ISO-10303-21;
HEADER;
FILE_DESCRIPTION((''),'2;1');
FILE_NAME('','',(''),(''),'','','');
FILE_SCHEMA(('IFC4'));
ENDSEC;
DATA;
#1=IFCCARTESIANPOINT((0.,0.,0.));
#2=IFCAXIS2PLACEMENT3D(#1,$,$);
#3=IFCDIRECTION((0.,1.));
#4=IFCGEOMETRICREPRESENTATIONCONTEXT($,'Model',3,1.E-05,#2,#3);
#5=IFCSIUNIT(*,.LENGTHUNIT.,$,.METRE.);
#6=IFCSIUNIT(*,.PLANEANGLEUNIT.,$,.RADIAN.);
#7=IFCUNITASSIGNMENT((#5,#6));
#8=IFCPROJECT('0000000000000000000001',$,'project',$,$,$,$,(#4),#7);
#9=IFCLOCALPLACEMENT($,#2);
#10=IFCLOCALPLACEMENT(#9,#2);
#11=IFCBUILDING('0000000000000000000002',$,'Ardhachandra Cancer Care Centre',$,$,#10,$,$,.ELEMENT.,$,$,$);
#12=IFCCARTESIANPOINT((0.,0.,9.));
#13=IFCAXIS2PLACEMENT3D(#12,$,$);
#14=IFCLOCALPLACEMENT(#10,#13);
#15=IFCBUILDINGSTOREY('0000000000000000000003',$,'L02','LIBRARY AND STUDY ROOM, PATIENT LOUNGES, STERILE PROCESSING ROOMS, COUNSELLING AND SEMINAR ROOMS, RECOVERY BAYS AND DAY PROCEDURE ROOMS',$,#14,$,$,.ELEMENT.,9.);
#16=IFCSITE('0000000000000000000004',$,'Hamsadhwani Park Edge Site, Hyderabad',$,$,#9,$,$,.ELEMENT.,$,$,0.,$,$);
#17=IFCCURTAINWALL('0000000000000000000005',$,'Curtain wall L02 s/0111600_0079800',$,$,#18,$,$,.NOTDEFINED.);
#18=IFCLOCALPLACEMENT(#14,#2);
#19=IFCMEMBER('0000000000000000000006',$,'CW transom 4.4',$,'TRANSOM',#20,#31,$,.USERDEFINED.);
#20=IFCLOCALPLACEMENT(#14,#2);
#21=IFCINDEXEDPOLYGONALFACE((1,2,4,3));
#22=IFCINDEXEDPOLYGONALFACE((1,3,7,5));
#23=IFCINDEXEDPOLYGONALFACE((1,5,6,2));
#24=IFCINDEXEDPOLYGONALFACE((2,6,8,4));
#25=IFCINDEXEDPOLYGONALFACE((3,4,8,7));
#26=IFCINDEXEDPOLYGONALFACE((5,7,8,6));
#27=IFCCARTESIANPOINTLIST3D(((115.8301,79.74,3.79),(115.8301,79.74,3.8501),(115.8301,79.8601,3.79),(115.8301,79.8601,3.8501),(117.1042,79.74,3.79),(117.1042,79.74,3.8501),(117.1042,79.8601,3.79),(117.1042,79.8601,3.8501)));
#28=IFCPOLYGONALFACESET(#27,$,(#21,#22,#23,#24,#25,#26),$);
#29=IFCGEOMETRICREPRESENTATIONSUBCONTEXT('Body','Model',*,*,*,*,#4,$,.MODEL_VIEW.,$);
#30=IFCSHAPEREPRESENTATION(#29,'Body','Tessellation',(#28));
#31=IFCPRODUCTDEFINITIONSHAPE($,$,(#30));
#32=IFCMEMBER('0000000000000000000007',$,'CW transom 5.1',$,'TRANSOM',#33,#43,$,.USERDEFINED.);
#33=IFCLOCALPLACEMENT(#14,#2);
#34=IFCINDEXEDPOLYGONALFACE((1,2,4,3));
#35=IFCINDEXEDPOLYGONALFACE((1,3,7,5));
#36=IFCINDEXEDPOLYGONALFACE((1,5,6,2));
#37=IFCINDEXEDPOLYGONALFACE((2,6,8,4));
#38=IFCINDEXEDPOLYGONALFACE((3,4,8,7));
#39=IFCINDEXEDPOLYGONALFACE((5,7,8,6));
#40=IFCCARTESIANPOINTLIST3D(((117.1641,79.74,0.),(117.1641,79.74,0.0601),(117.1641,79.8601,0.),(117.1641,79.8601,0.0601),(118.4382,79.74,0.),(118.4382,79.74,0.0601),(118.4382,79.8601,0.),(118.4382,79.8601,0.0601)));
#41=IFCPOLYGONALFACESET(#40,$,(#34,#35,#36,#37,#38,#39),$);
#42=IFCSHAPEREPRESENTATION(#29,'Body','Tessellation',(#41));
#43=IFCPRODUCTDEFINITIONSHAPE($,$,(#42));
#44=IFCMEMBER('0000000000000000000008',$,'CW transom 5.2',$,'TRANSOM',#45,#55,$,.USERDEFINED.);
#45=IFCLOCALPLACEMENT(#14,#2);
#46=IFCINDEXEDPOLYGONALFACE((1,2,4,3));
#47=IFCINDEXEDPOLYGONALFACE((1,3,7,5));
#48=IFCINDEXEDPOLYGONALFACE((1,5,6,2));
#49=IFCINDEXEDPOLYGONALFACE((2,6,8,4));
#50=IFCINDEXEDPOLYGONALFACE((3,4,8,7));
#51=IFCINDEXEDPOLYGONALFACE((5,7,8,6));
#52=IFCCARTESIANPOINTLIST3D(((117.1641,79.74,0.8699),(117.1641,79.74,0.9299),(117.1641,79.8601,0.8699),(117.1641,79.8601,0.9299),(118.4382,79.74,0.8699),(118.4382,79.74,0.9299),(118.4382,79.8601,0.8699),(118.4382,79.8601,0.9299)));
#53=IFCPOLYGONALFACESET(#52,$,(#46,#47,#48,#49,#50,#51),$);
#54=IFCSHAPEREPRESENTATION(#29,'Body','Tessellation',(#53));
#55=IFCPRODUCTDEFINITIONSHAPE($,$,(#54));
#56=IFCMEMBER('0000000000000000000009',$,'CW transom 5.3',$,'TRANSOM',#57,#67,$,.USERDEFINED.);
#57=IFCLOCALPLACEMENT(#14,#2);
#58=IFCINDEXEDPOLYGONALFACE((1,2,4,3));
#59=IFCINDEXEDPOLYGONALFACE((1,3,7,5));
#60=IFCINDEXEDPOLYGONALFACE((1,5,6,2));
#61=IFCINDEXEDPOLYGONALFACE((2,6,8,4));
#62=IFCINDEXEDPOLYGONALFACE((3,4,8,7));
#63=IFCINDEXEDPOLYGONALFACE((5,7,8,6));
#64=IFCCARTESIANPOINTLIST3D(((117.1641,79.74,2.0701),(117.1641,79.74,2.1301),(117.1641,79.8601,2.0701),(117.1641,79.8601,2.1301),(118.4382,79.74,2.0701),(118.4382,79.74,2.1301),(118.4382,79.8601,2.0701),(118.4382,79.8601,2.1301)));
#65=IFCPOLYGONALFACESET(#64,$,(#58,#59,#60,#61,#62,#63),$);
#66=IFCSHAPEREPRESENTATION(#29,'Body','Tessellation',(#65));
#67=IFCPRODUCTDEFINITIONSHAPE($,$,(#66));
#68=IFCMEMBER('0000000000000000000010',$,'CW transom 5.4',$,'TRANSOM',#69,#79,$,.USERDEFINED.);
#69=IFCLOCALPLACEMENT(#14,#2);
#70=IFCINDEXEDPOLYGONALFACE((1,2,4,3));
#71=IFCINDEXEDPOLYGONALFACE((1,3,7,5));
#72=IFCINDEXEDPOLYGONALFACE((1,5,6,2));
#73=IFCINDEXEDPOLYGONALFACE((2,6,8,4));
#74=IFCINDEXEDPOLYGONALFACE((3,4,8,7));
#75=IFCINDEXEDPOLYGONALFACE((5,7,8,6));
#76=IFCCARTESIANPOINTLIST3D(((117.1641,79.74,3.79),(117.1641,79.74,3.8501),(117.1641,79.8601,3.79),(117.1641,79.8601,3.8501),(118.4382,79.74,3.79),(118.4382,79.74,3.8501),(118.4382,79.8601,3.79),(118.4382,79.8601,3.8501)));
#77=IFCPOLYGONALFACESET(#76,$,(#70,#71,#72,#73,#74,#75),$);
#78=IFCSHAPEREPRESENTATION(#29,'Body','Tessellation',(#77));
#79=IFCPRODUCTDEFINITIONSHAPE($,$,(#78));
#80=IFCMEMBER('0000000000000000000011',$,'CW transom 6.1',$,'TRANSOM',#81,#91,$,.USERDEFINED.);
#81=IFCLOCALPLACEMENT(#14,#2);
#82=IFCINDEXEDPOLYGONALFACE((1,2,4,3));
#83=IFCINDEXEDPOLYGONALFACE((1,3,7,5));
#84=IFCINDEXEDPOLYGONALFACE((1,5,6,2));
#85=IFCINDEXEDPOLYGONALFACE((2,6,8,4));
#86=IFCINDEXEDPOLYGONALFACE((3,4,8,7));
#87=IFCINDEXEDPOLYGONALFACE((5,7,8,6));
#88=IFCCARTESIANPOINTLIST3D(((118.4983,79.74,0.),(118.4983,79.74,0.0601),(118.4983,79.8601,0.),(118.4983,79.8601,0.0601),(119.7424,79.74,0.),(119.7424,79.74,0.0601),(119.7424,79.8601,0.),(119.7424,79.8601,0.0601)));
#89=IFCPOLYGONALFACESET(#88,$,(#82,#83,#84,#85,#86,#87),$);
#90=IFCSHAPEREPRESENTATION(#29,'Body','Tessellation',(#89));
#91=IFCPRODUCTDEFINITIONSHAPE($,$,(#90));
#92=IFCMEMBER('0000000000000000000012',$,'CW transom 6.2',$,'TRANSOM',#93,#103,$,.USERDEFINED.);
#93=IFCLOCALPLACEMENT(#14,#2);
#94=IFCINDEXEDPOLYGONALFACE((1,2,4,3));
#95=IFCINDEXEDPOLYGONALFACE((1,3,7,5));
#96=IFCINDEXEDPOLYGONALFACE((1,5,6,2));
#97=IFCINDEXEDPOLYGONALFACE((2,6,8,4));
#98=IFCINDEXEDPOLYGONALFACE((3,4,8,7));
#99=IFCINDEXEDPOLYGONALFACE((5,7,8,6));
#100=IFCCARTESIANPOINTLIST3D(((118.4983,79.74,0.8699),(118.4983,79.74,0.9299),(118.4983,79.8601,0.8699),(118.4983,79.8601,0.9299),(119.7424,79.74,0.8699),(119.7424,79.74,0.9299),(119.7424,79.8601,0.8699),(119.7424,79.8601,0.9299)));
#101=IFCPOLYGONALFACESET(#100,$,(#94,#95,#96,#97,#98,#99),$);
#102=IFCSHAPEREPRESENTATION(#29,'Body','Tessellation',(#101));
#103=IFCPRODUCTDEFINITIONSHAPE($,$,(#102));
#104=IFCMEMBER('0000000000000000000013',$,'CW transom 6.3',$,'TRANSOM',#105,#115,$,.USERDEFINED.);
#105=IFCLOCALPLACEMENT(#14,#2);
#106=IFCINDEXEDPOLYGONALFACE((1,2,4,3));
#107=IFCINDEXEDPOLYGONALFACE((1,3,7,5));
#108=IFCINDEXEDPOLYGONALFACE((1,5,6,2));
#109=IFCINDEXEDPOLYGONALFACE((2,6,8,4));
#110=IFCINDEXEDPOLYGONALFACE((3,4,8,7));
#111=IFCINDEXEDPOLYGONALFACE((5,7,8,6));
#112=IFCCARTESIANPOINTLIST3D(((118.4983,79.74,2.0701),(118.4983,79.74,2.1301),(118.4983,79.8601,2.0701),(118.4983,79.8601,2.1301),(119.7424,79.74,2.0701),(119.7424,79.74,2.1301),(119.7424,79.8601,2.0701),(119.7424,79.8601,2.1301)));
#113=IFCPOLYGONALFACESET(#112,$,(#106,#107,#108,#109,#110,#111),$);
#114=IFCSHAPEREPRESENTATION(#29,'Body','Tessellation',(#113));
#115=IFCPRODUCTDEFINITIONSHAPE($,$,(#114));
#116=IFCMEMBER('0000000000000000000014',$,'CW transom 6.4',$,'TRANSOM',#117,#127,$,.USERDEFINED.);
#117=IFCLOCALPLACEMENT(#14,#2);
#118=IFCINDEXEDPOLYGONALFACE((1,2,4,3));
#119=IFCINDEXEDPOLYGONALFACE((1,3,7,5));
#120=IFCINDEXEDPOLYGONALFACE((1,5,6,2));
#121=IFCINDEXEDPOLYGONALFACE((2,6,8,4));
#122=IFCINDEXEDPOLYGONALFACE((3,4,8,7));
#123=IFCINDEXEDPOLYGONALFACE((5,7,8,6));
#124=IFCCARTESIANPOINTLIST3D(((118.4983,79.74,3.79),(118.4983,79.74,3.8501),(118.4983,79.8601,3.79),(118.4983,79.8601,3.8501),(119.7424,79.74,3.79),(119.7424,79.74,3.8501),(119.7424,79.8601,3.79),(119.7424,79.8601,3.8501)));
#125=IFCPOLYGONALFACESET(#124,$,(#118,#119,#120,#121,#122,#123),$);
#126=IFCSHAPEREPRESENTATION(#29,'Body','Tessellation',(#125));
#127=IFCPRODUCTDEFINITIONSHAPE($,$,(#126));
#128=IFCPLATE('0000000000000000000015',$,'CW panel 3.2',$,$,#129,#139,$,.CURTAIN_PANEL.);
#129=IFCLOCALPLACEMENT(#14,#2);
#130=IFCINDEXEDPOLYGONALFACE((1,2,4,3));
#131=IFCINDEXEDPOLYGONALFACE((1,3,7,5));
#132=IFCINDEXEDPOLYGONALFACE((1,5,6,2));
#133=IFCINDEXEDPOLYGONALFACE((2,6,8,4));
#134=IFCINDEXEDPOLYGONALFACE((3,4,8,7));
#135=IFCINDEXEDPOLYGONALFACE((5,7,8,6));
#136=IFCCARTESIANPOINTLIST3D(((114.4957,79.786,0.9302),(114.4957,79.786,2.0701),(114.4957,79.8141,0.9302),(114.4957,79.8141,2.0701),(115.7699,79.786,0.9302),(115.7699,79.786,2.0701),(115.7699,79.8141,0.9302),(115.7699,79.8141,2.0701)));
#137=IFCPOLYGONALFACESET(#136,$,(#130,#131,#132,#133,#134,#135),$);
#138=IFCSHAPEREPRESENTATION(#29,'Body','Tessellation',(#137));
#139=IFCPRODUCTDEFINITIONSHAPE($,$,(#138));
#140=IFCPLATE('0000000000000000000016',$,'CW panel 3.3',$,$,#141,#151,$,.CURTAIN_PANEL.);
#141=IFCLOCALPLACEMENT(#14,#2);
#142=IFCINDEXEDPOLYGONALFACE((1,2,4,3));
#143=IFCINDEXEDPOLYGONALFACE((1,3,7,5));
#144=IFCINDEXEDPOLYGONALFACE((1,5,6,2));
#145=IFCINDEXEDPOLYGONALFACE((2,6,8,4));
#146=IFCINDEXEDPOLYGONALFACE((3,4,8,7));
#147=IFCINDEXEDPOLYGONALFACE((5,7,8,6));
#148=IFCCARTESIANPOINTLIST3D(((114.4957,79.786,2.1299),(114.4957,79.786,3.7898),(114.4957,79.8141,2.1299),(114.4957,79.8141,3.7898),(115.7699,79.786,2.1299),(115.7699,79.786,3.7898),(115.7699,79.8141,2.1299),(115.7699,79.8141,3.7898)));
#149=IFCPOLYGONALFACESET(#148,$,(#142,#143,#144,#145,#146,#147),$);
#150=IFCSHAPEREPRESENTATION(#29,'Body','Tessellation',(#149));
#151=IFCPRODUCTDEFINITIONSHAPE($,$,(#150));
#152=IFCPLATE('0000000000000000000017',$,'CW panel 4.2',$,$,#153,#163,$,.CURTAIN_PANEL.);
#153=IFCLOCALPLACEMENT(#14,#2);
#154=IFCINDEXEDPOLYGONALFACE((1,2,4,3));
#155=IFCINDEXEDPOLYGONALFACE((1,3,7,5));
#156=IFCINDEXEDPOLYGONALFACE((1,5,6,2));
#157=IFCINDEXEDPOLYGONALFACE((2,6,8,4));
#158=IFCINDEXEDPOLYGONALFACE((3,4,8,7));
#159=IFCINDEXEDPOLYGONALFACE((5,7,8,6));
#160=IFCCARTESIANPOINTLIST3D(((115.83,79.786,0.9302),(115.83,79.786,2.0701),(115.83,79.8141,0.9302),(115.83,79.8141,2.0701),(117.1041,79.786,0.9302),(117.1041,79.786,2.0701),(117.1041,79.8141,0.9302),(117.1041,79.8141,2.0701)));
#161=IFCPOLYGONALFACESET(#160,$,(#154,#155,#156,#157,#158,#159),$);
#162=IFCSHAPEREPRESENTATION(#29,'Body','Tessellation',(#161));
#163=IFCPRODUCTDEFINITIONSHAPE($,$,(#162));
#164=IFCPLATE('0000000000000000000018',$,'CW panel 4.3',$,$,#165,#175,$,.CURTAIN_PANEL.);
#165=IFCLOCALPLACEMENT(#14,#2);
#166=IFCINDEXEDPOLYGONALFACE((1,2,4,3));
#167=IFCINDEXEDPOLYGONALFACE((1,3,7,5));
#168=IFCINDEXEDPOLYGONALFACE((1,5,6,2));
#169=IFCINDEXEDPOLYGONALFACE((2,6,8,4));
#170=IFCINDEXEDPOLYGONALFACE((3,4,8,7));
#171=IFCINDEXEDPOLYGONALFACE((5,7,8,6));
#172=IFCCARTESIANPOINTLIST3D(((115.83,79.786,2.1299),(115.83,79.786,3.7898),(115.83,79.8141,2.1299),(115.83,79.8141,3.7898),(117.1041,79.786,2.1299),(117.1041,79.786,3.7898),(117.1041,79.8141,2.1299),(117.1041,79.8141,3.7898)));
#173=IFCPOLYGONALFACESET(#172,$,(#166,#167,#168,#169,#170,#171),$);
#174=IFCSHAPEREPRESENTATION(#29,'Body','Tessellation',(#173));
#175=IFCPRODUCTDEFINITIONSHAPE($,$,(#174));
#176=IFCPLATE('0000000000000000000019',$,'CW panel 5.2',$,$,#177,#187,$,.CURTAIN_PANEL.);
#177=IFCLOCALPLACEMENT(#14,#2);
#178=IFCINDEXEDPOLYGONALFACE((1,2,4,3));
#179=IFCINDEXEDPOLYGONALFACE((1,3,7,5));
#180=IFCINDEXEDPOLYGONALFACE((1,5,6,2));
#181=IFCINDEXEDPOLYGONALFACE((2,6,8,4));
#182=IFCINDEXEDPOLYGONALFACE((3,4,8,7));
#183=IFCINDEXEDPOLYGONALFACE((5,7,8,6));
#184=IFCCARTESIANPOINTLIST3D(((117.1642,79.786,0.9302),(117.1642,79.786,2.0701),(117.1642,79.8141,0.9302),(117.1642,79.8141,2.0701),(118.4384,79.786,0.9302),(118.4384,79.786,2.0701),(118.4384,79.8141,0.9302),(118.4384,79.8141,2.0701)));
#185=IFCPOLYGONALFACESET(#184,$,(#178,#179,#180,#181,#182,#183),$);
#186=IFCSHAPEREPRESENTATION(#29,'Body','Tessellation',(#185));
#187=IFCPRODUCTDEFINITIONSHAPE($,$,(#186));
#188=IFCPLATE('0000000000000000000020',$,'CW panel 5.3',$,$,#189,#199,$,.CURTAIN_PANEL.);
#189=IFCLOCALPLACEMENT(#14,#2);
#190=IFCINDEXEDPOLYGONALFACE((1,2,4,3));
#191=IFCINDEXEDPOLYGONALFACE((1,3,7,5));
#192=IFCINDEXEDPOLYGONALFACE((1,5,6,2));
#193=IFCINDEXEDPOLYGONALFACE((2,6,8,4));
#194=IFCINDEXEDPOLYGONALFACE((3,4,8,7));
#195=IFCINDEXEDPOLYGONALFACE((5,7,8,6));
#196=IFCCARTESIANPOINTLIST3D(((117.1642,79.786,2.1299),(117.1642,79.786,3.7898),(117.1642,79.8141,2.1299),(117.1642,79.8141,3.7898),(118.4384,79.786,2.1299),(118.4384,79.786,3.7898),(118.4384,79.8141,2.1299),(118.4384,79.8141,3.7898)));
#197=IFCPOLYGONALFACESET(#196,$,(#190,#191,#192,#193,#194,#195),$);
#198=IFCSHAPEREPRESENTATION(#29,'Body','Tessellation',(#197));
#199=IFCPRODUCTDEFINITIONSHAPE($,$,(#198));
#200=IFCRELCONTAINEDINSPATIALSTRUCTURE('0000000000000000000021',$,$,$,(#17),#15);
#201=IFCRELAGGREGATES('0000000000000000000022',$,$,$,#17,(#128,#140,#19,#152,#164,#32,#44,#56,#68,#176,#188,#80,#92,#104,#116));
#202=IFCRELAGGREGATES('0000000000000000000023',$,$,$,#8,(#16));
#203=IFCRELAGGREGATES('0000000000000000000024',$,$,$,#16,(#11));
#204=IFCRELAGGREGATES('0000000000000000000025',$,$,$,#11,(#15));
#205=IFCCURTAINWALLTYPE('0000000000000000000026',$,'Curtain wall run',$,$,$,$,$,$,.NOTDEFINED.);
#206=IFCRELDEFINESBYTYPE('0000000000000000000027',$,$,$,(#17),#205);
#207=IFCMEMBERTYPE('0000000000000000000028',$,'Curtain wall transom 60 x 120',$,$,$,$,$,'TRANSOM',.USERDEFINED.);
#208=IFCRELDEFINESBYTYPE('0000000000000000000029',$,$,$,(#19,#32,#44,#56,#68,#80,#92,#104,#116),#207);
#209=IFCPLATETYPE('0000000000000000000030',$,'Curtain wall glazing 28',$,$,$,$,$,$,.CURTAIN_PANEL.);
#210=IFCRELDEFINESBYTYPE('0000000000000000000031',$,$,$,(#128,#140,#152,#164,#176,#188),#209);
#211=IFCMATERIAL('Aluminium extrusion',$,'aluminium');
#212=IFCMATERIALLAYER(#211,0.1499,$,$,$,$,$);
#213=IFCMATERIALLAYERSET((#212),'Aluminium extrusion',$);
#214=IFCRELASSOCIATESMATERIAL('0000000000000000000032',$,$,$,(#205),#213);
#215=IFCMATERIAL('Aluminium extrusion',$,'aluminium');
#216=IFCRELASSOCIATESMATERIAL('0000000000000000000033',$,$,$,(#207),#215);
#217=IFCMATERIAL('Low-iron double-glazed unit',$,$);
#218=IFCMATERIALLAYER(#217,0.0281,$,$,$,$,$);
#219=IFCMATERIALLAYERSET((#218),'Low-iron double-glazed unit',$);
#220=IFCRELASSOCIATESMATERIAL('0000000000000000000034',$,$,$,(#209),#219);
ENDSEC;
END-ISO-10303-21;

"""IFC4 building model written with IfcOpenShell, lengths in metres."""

from ifc_helpers import new_model, si_unit, direction, frame, origin, origin_2d, place, context, subcontext, project, spatial, rectangle, extrude, material, layer, layer_set, material_profile, profile_set, type_object, element, aggregate, save


model = new_model("IFC4")

# Units and contexts
model_context = context("Model", 3, precision=1e-05, world=origin(), true_north=direction((0.0, 1.0)))
body_context = subcontext(model_context, "Body", "Model", "MODEL_VIEW")
ifc_project = project(units=[si_unit("LENGTHUNIT", "METRE"), si_unit("PLANEANGLEUNIT", "RADIAN")], contexts=[model_context])

# Site, building, storey
site_placement = place(None, origin())
site = spatial("IfcSite", under=ifc_project, at=site_placement, Name="Hamsadhwani Park Edge Site, Hyderabad", CompositionType="ELEMENT", RefElevation=0.0)
building_placement = place(site_placement, origin())
building = spatial("IfcBuilding", under=site, at=building_placement, Name="Ardhachandra Cancer Care Centre", CompositionType="ELEMENT")
storey_placement = place(building_placement, frame((0.0, 0.0, 9.0)))
storey = spatial("IfcBuildingStorey", under=building, at=storey_placement, Name="L02", Description="LIBRARY AND STUDY ROOM, PATIENT LOUNGES, STERILE PROCESSING ROOMS, COUNSELLING AND SEMINAR ROOMS, RECOVERY BAYS AND DAY PROCEDURE ROOMS", CompositionType="ELEMENT", Elevation=9.0)

# Curtain wall, members, plates
ifc_material_1 = material(Name="Aluminium extrusion", Category="aluminium")
ifc_layer_1 = layer(ifc_material_1, 0.1499)
ifc_layer_set_1 = layer_set([ifc_layer_1], Name="Aluminium extrusion")
curtain_wall_type = type_object("IfcCurtainWallType", Name="Curtain wall run", PredefinedType="NOTDEFINED", material=ifc_layer_set_1)
curtain_wall_placement = place(storey_placement, origin())
curtain_wall = element("IfcCurtainWall", 1, at=curtain_wall_placement, inside=storey, type_object=curtain_wall_type, Name="Curtain wall L02 s/0111600_0079800", PredefinedType="NOTDEFINED")
ifc_material_2 = material(Name="Aluminium extrusion", Category="aluminium")
ifc_material_profile_1 = material_profile(ifc_material_2, rectangle(XDim=0.1201, YDim=0.0601, at=origin_2d()), Name="Curtain wall transom 60 x 120")
ifc_profile_set_1 = profile_set([ifc_material_profile_1], Name="Aluminium extrusion")
member_type_1 = type_object("IfcMemberType", Name="Curtain wall transom 60 x 120", ElementType="TRANSOM", PredefinedType="USERDEFINED", material=ifc_profile_set_1)
member_1_placement = place(storey_placement, frame((115.8301, 79.8, 3.8201), z_axis=(1.0, 0.0, 0.0), x_axis=(0.0, 1.0, 0.0)))
member_1 = element("IfcMember", 2, at=member_1_placement, type_object=member_type_1, Name="CW transom 4.4", ObjectType="TRANSOM", PredefinedType="USERDEFINED", context=body_context, shape_type="SweptSolid", body=[
    extrude(rectangle(XDim=0.1201, YDim=0.0601, at=origin_2d()), origin(), (0.0, 0.0, 1.0), 1.2742),
])
member_2_placement = place(storey_placement, frame((117.1641, 79.8, 0.03), z_axis=(1.0, 0.0, 0.0), x_axis=(0.0, 1.0, 0.0)))
member_2 = element("IfcMember", 3, at=member_2_placement, type_object=member_type_1, Name="CW transom 5.1", ObjectType="TRANSOM", PredefinedType="USERDEFINED", context=body_context, shape_type="SweptSolid", body=[
    extrude(rectangle(XDim=0.1201, YDim=0.0601, at=origin_2d()), origin(), (0.0, 0.0, 1.0), 1.2742),
])
member_3_placement = place(storey_placement, frame((117.1641, 79.8, 0.8999), z_axis=(1.0, 0.0, 0.0), x_axis=(0.0, 1.0, 0.0)))
member_3 = element("IfcMember", 4, at=member_3_placement, type_object=member_type_1, Name="CW transom 5.2", ObjectType="TRANSOM", PredefinedType="USERDEFINED", context=body_context, shape_type="SweptSolid", body=[
    extrude(rectangle(XDim=0.1201, YDim=0.0601, at=origin_2d()), origin(), (0.0, 0.0, 1.0), 1.2742),
])
member_4_placement = place(storey_placement, frame((117.1641, 79.8, 2.1001), z_axis=(1.0, 0.0, 0.0), x_axis=(0.0, 1.0, 0.0)))
member_4 = element("IfcMember", 5, at=member_4_placement, type_object=member_type_1, Name="CW transom 5.3", ObjectType="TRANSOM", PredefinedType="USERDEFINED", context=body_context, shape_type="SweptSolid", body=[
    extrude(rectangle(XDim=0.1201, YDim=0.0601, at=origin_2d()), origin(), (0.0, 0.0, 1.0), 1.2742),
])
member_5_placement = place(storey_placement, frame((117.1641, 79.8, 3.8201), z_axis=(1.0, 0.0, 0.0), x_axis=(0.0, 1.0, 0.0)))
member_5 = element("IfcMember", 6, at=member_5_placement, type_object=member_type_1, Name="CW transom 5.4", ObjectType="TRANSOM", PredefinedType="USERDEFINED", context=body_context, shape_type="SweptSolid", body=[
    extrude(rectangle(XDim=0.1201, YDim=0.0601, at=origin_2d()), origin(), (0.0, 0.0, 1.0), 1.2742),
])
member_6_placement = place(storey_placement, frame((118.4983, 79.8, 0.03), z_axis=(1.0, 0.0, 0.0), x_axis=(0.0, 1.0, 0.0)))
member_6 = element("IfcMember", 7, at=member_6_placement, type_object=member_type_1, Name="CW transom 6.1", ObjectType="TRANSOM", PredefinedType="USERDEFINED", context=body_context, shape_type="SweptSolid", body=[
    extrude(rectangle(XDim=0.1201, YDim=0.0601, at=origin_2d()), origin(), (0.0, 0.0, 1.0), 1.2441),
])
member_7_placement = place(storey_placement, frame((118.4983, 79.8, 0.8999), z_axis=(1.0, 0.0, 0.0), x_axis=(0.0, 1.0, 0.0)))
member_7 = element("IfcMember", 8, at=member_7_placement, type_object=member_type_1, Name="CW transom 6.2", ObjectType="TRANSOM", PredefinedType="USERDEFINED", context=body_context, shape_type="SweptSolid", body=[
    extrude(rectangle(XDim=0.1201, YDim=0.0601, at=origin_2d()), origin(), (0.0, 0.0, 1.0), 1.2441),
])
member_8_placement = place(storey_placement, frame((118.4983, 79.8, 2.1001), z_axis=(1.0, 0.0, 0.0), x_axis=(0.0, 1.0, 0.0)))
member_8 = element("IfcMember", 9, at=member_8_placement, type_object=member_type_1, Name="CW transom 6.3", ObjectType="TRANSOM", PredefinedType="USERDEFINED", context=body_context, shape_type="SweptSolid", body=[
    extrude(rectangle(XDim=0.1201, YDim=0.0601, at=origin_2d()), origin(), (0.0, 0.0, 1.0), 1.2441),
])
member_9_placement = place(storey_placement, frame((118.4983, 79.8, 3.8201), z_axis=(1.0, 0.0, 0.0), x_axis=(0.0, 1.0, 0.0)))
member_9 = element("IfcMember", 10, at=member_9_placement, type_object=member_type_1, Name="CW transom 6.4", ObjectType="TRANSOM", PredefinedType="USERDEFINED", context=body_context, shape_type="SweptSolid", body=[
    extrude(rectangle(XDim=0.1201, YDim=0.0601, at=origin_2d()), origin(), (0.0, 0.0, 1.0), 1.2441),
])
ifc_material_3 = material(Name="Low-iron double-glazed unit")
ifc_layer_2 = layer(ifc_material_3, 0.0281)
ifc_layer_set_2 = layer_set([ifc_layer_2], Name="Low-iron double-glazed unit")
plate_type_1 = type_object("IfcPlateType", Name="Curtain wall glazing 28", PredefinedType="CURTAIN_PANEL", material=ifc_layer_set_2)
plate_1_placement = place(storey_placement, frame((115.1328, 79.8, 0.9302), z_axis=(0.0, 0.0, 1.0), x_axis=(1.0, 0.0, 0.0)))
plate_1 = element("IfcPlate", 11, at=plate_1_placement, type_object=plate_type_1, Name="CW panel 3.2", PredefinedType="CURTAIN_PANEL", context=body_context, shape_type="SweptSolid", body=[
    extrude(rectangle(XDim=1.2742, YDim=0.0281, at=origin_2d()), origin(), (0.0, 0.0, 1.0), 1.1399),
])
plate_2_placement = place(storey_placement, frame((115.1328, 79.8, 2.1299), z_axis=(0.0, 0.0, 1.0), x_axis=(1.0, 0.0, 0.0)))
plate_2 = element("IfcPlate", 12, at=plate_2_placement, type_object=plate_type_1, Name="CW panel 3.3", PredefinedType="CURTAIN_PANEL", context=body_context, shape_type="SweptSolid", body=[
    extrude(rectangle(XDim=1.2742, YDim=0.0281, at=origin_2d()), origin(), (0.0, 0.0, 1.0), 1.6599),
])
plate_3_placement = place(storey_placement, frame((116.467, 79.8, 0.9302), z_axis=(0.0, 0.0, 1.0), x_axis=(1.0, 0.0, 0.0)))
plate_3 = element("IfcPlate", 13, at=plate_3_placement, type_object=plate_type_1, Name="CW panel 4.2", PredefinedType="CURTAIN_PANEL", context=body_context, shape_type="SweptSolid", body=[
    extrude(rectangle(XDim=1.2742, YDim=0.0281, at=origin_2d()), origin(), (0.0, 0.0, 1.0), 1.1399),
])
plate_4_placement = place(storey_placement, frame((116.467, 79.8, 2.1299), z_axis=(0.0, 0.0, 1.0), x_axis=(1.0, 0.0, 0.0)))
plate_4 = element("IfcPlate", 14, at=plate_4_placement, type_object=plate_type_1, Name="CW panel 4.3", PredefinedType="CURTAIN_PANEL", context=body_context, shape_type="SweptSolid", body=[
    extrude(rectangle(XDim=1.2742, YDim=0.0281, at=origin_2d()), origin(), (0.0, 0.0, 1.0), 1.6599),
])
plate_5_placement = place(storey_placement, frame((117.8013, 79.8, 0.9302), z_axis=(0.0, 0.0, 1.0), x_axis=(1.0, 0.0, 0.0)))
plate_5 = element("IfcPlate", 15, at=plate_5_placement, type_object=plate_type_1, Name="CW panel 5.2", PredefinedType="CURTAIN_PANEL", context=body_context, shape_type="SweptSolid", body=[
    extrude(rectangle(XDim=1.2742, YDim=0.0281, at=origin_2d()), origin(), (0.0, 0.0, 1.0), 1.1399),
])
plate_6_placement = place(storey_placement, frame((117.8013, 79.8, 2.1299), z_axis=(0.0, 0.0, 1.0), x_axis=(1.0, 0.0, 0.0)))
plate_6 = element("IfcPlate", 16, at=plate_6_placement, type_object=plate_type_1, Name="CW panel 5.3", PredefinedType="CURTAIN_PANEL", context=body_context, shape_type="SweptSolid", body=[
    extrude(rectangle(XDim=1.2742, YDim=0.0281, at=origin_2d()), origin(), (0.0, 0.0, 1.0), 1.6599),
])
aggregate(curtain_wall, [plate_1, plate_2, member_1, plate_3, plate_4, member_2, member_3, member_4, member_5, plate_5, plate_6, member_6, member_7, member_8, member_9])

save(model, "model.ifc")
